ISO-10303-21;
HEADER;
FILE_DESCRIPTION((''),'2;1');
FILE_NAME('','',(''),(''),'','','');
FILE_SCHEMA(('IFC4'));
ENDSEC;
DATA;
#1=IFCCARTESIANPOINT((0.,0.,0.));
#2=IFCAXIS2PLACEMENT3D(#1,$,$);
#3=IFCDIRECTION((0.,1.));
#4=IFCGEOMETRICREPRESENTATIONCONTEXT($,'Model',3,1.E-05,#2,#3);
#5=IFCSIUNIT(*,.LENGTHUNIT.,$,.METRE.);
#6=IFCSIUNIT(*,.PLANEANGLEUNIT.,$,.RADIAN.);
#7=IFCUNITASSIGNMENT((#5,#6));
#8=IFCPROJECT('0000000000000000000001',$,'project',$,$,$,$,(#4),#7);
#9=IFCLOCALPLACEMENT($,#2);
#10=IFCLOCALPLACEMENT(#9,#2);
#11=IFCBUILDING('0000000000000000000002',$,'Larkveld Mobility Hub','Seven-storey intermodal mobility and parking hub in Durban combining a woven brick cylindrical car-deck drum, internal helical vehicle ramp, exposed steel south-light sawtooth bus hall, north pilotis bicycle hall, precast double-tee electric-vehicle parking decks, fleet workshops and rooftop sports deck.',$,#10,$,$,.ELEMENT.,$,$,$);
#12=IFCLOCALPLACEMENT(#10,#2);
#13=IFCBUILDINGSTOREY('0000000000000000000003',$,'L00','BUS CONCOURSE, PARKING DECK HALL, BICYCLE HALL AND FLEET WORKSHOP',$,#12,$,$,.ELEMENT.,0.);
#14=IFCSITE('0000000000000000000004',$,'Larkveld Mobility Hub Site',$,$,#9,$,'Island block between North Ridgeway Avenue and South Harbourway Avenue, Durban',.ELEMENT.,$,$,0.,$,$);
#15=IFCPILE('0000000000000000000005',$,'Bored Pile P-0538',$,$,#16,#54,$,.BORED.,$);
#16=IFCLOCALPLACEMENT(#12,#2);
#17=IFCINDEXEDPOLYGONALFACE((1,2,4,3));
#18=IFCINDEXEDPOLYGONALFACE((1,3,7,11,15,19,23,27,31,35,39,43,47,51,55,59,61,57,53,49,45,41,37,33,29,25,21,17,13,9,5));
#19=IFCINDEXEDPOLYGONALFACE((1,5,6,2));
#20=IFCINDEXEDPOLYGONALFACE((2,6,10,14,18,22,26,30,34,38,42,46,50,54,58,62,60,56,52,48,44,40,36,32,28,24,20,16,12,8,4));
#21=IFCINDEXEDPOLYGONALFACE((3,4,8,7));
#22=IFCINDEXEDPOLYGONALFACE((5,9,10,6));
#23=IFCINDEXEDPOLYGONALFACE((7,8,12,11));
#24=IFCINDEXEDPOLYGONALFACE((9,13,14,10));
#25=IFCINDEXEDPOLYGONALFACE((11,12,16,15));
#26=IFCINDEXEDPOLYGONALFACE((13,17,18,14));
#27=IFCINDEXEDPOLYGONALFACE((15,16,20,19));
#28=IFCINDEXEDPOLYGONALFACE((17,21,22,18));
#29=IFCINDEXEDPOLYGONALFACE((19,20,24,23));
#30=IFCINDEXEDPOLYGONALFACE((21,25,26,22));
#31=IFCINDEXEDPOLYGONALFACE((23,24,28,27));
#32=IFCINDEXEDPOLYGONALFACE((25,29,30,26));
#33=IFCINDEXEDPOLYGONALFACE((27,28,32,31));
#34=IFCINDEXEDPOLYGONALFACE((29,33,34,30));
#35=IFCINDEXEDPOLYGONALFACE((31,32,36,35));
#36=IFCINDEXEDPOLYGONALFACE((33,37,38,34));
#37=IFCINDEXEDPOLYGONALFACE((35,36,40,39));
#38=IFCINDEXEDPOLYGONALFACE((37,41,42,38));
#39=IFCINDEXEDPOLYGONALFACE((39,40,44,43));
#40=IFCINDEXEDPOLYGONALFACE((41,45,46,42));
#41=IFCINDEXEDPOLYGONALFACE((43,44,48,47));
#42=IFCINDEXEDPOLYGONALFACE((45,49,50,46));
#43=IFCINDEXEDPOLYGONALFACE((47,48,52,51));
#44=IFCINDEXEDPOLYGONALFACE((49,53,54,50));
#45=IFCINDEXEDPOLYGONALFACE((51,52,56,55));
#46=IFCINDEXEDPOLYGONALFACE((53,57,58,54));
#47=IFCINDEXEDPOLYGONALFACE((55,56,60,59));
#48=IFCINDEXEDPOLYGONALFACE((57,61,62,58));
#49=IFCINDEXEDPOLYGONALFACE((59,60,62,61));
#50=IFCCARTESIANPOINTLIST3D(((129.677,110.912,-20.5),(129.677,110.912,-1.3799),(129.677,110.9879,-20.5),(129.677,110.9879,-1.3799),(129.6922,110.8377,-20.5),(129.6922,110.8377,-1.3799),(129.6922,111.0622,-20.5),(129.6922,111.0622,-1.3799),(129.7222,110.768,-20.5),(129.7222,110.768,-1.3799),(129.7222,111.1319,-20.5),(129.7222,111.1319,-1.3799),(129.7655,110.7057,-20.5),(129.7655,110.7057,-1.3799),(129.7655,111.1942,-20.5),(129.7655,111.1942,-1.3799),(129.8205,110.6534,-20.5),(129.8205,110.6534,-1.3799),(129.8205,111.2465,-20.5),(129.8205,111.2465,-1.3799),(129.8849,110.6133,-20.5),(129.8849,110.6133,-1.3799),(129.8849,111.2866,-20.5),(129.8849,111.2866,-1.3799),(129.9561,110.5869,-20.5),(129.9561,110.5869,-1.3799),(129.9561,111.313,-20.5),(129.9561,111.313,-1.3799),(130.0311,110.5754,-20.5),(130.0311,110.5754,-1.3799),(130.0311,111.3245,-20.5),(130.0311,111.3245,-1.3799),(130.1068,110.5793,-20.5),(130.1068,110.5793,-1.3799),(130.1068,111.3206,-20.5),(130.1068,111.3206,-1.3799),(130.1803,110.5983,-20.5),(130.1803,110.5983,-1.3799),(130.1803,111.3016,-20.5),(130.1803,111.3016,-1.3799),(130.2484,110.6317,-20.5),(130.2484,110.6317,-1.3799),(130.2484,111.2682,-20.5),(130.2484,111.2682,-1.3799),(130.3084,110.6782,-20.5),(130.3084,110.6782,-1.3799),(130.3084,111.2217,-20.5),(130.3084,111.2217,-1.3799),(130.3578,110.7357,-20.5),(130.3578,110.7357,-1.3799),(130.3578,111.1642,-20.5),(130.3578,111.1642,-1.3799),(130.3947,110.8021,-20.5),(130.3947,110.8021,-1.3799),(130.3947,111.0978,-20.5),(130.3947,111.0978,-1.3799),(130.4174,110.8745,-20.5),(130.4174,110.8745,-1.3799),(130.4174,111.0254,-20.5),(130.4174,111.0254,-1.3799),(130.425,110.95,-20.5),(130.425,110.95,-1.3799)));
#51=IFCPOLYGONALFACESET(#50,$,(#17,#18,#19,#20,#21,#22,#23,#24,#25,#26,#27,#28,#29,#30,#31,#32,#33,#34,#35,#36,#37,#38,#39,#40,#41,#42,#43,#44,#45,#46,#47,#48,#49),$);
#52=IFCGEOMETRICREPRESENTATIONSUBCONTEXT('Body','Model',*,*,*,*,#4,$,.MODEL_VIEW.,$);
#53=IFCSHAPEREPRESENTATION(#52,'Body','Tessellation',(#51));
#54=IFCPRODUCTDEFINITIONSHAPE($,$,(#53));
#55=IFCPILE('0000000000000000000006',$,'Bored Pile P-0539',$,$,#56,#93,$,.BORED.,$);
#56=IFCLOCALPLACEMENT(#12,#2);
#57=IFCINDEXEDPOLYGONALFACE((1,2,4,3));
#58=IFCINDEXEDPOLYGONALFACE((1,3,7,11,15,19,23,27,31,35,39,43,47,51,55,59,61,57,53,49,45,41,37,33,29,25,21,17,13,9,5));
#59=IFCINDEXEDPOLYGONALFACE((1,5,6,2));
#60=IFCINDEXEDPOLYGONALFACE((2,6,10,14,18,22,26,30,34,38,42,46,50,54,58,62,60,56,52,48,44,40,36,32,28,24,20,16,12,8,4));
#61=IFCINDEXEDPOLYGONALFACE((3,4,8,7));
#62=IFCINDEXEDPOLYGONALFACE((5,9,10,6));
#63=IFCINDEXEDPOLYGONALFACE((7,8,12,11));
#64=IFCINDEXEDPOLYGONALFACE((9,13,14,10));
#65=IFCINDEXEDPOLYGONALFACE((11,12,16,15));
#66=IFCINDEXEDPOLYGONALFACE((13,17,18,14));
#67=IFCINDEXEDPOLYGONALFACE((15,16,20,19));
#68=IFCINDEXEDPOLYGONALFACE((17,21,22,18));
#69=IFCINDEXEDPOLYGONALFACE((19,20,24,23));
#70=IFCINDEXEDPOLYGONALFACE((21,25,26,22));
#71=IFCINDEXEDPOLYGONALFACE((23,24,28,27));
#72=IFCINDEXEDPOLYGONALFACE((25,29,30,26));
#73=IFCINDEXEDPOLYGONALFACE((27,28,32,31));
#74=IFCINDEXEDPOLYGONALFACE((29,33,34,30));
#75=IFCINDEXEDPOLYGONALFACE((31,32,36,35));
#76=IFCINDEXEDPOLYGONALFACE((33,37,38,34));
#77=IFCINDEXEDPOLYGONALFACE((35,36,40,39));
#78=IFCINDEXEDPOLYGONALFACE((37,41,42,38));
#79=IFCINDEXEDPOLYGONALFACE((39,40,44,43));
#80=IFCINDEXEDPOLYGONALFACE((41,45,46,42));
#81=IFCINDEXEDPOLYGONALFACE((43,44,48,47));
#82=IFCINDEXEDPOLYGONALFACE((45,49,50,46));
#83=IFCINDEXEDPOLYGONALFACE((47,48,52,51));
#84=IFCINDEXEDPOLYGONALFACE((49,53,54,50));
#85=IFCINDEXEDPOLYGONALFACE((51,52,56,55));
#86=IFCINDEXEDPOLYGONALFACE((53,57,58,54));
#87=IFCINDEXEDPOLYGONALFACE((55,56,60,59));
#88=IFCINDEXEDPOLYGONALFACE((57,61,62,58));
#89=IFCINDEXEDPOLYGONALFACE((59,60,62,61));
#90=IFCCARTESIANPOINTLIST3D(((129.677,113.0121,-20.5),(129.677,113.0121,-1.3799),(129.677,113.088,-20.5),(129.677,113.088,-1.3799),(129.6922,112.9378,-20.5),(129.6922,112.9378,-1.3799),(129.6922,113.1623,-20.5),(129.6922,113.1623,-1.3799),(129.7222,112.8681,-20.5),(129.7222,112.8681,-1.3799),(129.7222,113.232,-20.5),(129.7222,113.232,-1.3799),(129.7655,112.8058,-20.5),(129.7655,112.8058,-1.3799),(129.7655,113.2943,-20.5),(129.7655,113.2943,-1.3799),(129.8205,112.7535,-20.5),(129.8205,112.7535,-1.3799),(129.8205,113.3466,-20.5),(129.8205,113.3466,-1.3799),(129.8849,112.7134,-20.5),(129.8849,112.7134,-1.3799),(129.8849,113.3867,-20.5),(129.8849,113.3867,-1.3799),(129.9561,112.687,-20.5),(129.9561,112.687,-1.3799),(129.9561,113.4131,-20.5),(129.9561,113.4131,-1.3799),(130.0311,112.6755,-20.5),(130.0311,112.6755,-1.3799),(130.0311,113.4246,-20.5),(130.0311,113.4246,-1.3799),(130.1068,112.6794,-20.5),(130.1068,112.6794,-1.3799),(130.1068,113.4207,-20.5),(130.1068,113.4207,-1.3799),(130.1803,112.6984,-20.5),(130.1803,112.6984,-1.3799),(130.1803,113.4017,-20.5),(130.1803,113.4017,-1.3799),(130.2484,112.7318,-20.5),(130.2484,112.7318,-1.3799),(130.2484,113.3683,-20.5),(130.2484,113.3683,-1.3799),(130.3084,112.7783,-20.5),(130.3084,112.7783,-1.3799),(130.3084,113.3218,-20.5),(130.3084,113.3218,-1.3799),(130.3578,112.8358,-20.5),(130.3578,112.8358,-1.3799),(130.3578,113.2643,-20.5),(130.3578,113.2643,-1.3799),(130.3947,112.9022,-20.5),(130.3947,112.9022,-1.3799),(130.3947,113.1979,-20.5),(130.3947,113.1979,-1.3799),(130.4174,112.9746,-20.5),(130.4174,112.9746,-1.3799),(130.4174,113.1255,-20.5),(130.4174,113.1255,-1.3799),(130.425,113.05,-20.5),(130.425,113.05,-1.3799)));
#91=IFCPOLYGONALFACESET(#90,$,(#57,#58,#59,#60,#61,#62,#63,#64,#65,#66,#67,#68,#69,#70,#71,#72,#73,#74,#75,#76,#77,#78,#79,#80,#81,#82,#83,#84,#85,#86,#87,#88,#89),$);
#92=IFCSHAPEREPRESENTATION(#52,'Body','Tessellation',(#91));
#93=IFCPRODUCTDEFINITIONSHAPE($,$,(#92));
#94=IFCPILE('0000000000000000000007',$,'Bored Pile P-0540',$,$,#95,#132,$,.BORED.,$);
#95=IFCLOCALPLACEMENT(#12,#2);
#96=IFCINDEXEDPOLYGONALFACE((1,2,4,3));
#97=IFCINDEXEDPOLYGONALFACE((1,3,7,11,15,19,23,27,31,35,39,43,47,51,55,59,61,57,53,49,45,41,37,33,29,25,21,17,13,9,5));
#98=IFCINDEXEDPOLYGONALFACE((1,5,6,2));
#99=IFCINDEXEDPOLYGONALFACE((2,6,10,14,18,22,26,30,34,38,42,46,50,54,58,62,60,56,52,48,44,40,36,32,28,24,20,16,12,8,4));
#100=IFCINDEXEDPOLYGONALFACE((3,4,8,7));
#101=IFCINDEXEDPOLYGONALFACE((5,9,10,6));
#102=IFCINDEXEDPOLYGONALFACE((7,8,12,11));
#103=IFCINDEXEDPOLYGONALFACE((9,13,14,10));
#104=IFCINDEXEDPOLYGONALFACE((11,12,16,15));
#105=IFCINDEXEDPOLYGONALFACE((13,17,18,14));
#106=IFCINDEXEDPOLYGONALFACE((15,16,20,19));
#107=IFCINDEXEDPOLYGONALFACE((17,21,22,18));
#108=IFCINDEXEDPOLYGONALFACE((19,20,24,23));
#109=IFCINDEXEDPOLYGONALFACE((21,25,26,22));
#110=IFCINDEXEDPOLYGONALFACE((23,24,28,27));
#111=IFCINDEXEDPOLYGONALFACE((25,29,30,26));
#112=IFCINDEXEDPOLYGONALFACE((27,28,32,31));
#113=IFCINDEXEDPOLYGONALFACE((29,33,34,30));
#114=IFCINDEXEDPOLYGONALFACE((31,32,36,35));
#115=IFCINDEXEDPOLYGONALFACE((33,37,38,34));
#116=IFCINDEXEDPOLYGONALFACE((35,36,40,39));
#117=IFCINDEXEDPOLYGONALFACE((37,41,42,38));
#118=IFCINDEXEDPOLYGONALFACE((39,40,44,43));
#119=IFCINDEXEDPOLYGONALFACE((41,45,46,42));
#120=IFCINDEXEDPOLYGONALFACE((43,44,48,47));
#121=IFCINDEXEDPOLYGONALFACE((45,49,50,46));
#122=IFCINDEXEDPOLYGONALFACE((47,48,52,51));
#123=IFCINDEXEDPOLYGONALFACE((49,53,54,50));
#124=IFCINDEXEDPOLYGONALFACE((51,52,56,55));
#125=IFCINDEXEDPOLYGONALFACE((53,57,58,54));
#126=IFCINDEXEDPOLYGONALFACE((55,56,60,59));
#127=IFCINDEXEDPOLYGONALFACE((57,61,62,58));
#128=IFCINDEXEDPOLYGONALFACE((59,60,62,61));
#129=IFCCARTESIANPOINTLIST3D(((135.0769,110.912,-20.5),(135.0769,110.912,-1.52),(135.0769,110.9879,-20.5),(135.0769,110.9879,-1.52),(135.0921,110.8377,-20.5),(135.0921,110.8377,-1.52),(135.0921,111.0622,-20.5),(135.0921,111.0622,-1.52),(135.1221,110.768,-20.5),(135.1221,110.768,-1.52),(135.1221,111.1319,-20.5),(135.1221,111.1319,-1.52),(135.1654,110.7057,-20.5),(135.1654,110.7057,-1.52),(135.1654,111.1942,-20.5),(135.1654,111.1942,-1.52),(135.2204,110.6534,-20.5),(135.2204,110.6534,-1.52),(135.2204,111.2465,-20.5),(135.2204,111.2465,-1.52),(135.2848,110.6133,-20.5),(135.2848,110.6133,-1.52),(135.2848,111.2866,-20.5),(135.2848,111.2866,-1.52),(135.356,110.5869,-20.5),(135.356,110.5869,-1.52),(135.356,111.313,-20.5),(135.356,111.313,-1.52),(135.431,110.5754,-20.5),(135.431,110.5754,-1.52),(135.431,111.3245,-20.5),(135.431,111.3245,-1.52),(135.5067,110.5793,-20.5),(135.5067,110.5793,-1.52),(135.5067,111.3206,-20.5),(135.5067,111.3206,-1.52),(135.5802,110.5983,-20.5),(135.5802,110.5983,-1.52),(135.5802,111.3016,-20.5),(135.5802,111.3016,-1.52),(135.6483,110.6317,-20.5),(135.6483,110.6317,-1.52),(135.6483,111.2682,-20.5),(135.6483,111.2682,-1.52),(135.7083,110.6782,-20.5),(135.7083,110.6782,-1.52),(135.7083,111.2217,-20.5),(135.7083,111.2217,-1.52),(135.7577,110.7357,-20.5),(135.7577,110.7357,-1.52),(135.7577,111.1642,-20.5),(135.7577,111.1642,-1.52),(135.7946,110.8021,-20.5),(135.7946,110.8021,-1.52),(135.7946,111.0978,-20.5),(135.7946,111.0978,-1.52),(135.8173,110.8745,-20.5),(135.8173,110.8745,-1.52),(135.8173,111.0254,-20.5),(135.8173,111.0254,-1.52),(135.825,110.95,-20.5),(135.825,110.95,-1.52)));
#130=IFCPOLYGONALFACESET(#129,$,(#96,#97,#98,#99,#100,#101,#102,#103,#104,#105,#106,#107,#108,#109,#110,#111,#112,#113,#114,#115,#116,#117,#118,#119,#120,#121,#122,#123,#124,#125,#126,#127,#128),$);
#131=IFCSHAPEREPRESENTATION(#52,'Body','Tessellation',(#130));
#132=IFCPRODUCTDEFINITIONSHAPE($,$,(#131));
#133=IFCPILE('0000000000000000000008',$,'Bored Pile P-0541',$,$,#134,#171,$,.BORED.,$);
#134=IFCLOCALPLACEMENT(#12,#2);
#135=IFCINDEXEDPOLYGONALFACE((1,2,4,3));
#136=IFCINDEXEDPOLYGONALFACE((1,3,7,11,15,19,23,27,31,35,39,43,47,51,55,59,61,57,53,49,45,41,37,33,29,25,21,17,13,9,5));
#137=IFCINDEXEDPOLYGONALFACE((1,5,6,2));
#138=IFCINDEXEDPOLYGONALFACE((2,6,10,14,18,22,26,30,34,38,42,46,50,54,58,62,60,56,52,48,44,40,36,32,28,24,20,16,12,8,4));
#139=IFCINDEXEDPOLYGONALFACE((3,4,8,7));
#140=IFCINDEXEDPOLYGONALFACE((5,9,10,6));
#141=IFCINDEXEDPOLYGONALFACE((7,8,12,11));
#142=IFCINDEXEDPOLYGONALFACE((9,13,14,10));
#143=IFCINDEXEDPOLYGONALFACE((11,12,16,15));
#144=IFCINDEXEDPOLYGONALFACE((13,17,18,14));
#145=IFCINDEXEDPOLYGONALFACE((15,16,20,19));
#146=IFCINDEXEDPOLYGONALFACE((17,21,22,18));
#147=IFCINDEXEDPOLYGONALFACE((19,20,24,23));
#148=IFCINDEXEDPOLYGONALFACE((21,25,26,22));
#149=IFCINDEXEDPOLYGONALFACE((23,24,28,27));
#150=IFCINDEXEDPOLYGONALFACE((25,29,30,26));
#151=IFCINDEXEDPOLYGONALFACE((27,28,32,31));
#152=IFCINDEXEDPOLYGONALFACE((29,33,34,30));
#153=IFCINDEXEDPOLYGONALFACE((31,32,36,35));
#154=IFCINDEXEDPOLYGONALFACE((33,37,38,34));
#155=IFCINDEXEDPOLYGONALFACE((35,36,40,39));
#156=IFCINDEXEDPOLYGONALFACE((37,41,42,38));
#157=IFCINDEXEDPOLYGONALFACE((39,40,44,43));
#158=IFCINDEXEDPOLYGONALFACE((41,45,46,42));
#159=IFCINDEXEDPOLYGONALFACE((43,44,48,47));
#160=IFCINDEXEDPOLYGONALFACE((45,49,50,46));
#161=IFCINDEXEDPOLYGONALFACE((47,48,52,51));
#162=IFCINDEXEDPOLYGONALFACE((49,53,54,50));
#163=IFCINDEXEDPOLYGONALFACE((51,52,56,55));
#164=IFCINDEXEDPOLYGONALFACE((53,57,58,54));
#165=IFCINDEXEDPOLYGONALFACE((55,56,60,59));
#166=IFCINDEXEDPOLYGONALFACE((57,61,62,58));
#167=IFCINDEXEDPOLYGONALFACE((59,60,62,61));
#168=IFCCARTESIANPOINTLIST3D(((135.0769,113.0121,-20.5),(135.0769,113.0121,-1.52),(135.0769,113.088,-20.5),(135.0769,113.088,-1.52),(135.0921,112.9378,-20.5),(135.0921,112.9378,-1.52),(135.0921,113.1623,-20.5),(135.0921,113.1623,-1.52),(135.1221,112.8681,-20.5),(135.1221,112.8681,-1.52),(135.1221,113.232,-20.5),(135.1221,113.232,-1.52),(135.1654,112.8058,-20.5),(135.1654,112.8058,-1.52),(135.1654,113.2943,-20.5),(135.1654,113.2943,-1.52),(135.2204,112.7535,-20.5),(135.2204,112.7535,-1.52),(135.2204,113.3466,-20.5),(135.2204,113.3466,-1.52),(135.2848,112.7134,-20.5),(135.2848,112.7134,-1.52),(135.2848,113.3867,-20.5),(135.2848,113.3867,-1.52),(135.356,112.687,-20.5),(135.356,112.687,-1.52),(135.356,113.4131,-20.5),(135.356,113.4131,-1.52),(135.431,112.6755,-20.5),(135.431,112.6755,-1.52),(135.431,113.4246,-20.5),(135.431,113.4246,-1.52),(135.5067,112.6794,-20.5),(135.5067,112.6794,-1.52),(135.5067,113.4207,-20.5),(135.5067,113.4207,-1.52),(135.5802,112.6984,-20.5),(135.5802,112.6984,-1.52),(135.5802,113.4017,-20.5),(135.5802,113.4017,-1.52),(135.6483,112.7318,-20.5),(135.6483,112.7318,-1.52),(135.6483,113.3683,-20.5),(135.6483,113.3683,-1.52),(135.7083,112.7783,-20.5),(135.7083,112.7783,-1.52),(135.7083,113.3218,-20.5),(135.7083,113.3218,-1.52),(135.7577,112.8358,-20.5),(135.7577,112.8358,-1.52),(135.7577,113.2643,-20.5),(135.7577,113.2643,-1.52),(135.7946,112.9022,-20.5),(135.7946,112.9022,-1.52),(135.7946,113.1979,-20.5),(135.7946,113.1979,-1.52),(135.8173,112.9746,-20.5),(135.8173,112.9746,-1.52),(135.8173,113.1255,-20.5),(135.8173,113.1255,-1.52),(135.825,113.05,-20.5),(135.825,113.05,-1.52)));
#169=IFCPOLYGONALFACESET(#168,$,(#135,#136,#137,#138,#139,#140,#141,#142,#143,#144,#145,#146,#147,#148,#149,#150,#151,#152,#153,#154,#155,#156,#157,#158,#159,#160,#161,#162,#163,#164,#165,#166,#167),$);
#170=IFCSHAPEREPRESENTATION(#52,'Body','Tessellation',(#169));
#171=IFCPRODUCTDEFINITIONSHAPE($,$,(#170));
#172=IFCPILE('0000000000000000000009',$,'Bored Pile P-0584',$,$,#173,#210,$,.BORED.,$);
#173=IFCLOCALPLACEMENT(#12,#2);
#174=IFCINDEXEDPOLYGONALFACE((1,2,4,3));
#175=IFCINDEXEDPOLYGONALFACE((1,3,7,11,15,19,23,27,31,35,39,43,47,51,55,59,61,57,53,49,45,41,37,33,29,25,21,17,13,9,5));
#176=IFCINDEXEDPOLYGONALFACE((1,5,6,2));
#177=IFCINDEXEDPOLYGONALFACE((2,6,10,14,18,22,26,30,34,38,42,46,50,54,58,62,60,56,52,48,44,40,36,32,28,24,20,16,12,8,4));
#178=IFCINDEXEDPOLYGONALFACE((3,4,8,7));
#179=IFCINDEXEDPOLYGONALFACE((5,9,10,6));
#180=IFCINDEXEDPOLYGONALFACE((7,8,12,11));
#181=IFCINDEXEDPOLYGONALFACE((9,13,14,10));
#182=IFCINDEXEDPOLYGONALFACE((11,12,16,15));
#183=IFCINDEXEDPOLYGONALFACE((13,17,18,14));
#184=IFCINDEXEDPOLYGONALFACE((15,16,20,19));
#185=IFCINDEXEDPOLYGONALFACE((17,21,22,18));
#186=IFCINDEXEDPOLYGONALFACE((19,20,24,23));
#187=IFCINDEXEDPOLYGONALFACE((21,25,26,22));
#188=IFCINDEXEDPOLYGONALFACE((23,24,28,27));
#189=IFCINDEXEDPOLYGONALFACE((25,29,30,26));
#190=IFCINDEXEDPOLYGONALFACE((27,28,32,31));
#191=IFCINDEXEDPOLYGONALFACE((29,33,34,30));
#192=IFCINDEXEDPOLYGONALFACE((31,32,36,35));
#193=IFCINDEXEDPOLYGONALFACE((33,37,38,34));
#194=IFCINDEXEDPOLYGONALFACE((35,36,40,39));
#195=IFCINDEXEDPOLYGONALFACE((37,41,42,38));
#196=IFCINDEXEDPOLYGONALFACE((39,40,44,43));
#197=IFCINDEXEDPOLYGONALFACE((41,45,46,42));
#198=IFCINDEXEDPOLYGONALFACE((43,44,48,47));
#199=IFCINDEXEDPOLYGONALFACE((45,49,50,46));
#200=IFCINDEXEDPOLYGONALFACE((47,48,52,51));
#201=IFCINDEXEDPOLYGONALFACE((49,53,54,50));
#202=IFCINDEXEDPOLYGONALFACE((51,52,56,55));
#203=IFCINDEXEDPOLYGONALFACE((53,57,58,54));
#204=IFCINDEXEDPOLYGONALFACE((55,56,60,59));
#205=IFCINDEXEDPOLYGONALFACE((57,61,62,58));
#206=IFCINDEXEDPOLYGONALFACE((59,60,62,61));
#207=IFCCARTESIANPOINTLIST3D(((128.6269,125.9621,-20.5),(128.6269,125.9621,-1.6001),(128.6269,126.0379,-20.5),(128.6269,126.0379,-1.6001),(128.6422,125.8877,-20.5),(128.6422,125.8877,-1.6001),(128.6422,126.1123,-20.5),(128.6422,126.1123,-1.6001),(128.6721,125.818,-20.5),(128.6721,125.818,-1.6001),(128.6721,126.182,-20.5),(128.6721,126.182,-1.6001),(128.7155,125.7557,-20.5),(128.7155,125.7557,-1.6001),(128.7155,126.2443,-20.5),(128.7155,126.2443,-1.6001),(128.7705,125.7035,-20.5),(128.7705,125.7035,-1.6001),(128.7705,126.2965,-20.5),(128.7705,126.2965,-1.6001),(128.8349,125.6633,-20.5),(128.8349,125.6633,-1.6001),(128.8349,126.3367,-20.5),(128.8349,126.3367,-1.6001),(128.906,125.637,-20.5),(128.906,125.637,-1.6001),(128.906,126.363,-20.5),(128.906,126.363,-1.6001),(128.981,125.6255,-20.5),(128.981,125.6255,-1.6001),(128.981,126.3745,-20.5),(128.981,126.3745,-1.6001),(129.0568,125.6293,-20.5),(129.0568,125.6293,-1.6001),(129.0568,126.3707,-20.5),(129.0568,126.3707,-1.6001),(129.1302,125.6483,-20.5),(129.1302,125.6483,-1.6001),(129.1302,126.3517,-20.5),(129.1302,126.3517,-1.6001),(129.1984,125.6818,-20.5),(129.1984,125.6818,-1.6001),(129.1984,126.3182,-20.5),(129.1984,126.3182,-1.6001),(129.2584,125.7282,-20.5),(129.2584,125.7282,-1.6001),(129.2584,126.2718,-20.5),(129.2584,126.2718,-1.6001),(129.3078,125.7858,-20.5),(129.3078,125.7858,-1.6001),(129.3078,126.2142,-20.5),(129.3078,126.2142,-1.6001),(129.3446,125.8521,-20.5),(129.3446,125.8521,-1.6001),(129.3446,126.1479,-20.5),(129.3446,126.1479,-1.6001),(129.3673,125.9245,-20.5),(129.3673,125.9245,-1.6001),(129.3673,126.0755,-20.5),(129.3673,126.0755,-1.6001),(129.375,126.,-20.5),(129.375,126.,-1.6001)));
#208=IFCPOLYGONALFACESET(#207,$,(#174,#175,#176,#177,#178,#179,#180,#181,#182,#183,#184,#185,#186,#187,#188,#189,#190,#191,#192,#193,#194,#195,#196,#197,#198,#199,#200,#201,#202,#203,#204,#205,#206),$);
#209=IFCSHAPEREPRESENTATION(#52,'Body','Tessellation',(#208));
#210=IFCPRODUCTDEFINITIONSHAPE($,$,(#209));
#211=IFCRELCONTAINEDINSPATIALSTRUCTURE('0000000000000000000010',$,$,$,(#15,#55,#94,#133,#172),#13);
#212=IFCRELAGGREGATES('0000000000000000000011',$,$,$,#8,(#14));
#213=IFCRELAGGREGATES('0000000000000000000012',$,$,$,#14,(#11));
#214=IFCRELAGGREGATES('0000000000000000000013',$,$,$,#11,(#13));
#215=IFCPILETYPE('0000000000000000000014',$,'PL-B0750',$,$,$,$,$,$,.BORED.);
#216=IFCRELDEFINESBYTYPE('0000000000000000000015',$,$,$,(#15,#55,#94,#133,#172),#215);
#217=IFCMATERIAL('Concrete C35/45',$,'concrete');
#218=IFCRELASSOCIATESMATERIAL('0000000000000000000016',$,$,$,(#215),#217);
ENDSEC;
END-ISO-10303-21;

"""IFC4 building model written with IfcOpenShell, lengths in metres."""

from ifc_helpers import new_model, si_unit, direction, frame, origin, origin_2d, place, context, subcontext, project, spatial, circle, extrude, material, material_profile, profile_set, type_object, element, save


model = new_model("IFC4")

# Units and contexts
model_context = context("Model", 3, precision=1e-05, world=origin(), true_north=direction((0.0, 1.0)))
body_context = subcontext(model_context, "Body", "Model", "MODEL_VIEW")
ifc_project = project(units=[si_unit("LENGTHUNIT", "METRE"), si_unit("PLANEANGLEUNIT", "RADIAN")], contexts=[model_context])

# Site, building, storey
site_placement = place(None, origin())
site = spatial("IfcSite", under=ifc_project, at=site_placement, Name="Larkveld Mobility Hub Site", LongName="Island block between North Ridgeway Avenue and South Harbourway Avenue, Durban", CompositionType="ELEMENT", RefElevation=0.0)
building_placement = place(site_placement, origin())
building = spatial("IfcBuilding", under=site, at=building_placement, Name="Larkveld Mobility Hub", Description="Seven-storey intermodal mobility and parking hub in Durban combining a woven brick cylindrical car-deck drum, internal helical vehicle ramp, exposed steel south-light sawtooth bus hall, north pilotis bicycle hall, precast double-tee electric-vehicle parking decks, fleet workshops and rooftop sports deck.", CompositionType="ELEMENT")
storey_placement = place(building_placement, origin())
storey = spatial("IfcBuildingStorey", under=building, at=storey_placement, Name="L00", Description="BUS CONCOURSE, PARKING DECK HALL, BICYCLE HALL AND FLEET WORKSHOP", CompositionType="ELEMENT", Elevation=0.0)

# Shared definitions
ifc_material_1 = material(Name="Concrete C35/45", Category="concrete")

# Piles
ifc_material_profile_1 = material_profile(ifc_material_1, circle(Radius=0.375, at=origin_2d()), Name="PILE D750")
ifc_profile_set_1 = profile_set([ifc_material_profile_1], Name="Concrete C35/45")
pile_type = type_object("IfcPileType", Name="PL-B0750", PredefinedType="BORED", material=ifc_profile_set_1)
for number, where, z_axis, x_axis, name in (
    (1, (130.05, 110.95, -1.3799), (0.0, 0.0, -1.0), (1.0, 0.0, 0.0), "Bored Pile P-0538"),
    (2, (130.05, 113.05, -1.3799), (0.0, 0.0, -1.0), (1.0, 0.0, 0.0), "Bored Pile P-0539"),
):
    element("IfcPile", number, at=place(storey_placement, frame(where, z_axis=z_axis, x_axis=x_axis)), inside=storey, type_object=pile_type, Name=name, PredefinedType="BORED", context=body_context, shape_type="SweptSolid", body=[
        extrude(circle(Radius=0.375, at=origin_2d()), origin(), (0.0, 0.0, 1.0), 19.1201),
    ])
for number, where, z_axis, x_axis, name in (
    (3, (135.45, 110.95, -1.52), (0.0, 0.0, -1.0), (1.0, 0.0, 0.0), "Bored Pile P-0540"),
    (4, (135.45, 113.05, -1.52), (0.0, 0.0, -1.0), (1.0, 0.0, 0.0), "Bored Pile P-0541"),
):
    element("IfcPile", number, at=place(storey_placement, frame(where, z_axis=z_axis, x_axis=x_axis)), inside=storey, type_object=pile_type, Name=name, PredefinedType="BORED", context=body_context, shape_type="SweptSolid", body=[
        extrude(circle(Radius=0.375, at=origin_2d()), origin(), (0.0, 0.0, 1.0), 18.98),
    ])
pile_placement = place(storey_placement, frame((129.0, 126.0, -1.6001), z_axis=(0.0, 0.0, -1.0), x_axis=(1.0, 0.0, 0.0)))
element("IfcPile", 5, at=pile_placement, inside=storey, type_object=pile_type, Name="Bored Pile P-0584", PredefinedType="BORED", context=body_context, shape_type="SweptSolid", body=[
    extrude(circle(Radius=0.375, at=origin_2d()), origin(), (0.0, 0.0, 1.0), 18.8999),
])

save(model, "model.ifc")
